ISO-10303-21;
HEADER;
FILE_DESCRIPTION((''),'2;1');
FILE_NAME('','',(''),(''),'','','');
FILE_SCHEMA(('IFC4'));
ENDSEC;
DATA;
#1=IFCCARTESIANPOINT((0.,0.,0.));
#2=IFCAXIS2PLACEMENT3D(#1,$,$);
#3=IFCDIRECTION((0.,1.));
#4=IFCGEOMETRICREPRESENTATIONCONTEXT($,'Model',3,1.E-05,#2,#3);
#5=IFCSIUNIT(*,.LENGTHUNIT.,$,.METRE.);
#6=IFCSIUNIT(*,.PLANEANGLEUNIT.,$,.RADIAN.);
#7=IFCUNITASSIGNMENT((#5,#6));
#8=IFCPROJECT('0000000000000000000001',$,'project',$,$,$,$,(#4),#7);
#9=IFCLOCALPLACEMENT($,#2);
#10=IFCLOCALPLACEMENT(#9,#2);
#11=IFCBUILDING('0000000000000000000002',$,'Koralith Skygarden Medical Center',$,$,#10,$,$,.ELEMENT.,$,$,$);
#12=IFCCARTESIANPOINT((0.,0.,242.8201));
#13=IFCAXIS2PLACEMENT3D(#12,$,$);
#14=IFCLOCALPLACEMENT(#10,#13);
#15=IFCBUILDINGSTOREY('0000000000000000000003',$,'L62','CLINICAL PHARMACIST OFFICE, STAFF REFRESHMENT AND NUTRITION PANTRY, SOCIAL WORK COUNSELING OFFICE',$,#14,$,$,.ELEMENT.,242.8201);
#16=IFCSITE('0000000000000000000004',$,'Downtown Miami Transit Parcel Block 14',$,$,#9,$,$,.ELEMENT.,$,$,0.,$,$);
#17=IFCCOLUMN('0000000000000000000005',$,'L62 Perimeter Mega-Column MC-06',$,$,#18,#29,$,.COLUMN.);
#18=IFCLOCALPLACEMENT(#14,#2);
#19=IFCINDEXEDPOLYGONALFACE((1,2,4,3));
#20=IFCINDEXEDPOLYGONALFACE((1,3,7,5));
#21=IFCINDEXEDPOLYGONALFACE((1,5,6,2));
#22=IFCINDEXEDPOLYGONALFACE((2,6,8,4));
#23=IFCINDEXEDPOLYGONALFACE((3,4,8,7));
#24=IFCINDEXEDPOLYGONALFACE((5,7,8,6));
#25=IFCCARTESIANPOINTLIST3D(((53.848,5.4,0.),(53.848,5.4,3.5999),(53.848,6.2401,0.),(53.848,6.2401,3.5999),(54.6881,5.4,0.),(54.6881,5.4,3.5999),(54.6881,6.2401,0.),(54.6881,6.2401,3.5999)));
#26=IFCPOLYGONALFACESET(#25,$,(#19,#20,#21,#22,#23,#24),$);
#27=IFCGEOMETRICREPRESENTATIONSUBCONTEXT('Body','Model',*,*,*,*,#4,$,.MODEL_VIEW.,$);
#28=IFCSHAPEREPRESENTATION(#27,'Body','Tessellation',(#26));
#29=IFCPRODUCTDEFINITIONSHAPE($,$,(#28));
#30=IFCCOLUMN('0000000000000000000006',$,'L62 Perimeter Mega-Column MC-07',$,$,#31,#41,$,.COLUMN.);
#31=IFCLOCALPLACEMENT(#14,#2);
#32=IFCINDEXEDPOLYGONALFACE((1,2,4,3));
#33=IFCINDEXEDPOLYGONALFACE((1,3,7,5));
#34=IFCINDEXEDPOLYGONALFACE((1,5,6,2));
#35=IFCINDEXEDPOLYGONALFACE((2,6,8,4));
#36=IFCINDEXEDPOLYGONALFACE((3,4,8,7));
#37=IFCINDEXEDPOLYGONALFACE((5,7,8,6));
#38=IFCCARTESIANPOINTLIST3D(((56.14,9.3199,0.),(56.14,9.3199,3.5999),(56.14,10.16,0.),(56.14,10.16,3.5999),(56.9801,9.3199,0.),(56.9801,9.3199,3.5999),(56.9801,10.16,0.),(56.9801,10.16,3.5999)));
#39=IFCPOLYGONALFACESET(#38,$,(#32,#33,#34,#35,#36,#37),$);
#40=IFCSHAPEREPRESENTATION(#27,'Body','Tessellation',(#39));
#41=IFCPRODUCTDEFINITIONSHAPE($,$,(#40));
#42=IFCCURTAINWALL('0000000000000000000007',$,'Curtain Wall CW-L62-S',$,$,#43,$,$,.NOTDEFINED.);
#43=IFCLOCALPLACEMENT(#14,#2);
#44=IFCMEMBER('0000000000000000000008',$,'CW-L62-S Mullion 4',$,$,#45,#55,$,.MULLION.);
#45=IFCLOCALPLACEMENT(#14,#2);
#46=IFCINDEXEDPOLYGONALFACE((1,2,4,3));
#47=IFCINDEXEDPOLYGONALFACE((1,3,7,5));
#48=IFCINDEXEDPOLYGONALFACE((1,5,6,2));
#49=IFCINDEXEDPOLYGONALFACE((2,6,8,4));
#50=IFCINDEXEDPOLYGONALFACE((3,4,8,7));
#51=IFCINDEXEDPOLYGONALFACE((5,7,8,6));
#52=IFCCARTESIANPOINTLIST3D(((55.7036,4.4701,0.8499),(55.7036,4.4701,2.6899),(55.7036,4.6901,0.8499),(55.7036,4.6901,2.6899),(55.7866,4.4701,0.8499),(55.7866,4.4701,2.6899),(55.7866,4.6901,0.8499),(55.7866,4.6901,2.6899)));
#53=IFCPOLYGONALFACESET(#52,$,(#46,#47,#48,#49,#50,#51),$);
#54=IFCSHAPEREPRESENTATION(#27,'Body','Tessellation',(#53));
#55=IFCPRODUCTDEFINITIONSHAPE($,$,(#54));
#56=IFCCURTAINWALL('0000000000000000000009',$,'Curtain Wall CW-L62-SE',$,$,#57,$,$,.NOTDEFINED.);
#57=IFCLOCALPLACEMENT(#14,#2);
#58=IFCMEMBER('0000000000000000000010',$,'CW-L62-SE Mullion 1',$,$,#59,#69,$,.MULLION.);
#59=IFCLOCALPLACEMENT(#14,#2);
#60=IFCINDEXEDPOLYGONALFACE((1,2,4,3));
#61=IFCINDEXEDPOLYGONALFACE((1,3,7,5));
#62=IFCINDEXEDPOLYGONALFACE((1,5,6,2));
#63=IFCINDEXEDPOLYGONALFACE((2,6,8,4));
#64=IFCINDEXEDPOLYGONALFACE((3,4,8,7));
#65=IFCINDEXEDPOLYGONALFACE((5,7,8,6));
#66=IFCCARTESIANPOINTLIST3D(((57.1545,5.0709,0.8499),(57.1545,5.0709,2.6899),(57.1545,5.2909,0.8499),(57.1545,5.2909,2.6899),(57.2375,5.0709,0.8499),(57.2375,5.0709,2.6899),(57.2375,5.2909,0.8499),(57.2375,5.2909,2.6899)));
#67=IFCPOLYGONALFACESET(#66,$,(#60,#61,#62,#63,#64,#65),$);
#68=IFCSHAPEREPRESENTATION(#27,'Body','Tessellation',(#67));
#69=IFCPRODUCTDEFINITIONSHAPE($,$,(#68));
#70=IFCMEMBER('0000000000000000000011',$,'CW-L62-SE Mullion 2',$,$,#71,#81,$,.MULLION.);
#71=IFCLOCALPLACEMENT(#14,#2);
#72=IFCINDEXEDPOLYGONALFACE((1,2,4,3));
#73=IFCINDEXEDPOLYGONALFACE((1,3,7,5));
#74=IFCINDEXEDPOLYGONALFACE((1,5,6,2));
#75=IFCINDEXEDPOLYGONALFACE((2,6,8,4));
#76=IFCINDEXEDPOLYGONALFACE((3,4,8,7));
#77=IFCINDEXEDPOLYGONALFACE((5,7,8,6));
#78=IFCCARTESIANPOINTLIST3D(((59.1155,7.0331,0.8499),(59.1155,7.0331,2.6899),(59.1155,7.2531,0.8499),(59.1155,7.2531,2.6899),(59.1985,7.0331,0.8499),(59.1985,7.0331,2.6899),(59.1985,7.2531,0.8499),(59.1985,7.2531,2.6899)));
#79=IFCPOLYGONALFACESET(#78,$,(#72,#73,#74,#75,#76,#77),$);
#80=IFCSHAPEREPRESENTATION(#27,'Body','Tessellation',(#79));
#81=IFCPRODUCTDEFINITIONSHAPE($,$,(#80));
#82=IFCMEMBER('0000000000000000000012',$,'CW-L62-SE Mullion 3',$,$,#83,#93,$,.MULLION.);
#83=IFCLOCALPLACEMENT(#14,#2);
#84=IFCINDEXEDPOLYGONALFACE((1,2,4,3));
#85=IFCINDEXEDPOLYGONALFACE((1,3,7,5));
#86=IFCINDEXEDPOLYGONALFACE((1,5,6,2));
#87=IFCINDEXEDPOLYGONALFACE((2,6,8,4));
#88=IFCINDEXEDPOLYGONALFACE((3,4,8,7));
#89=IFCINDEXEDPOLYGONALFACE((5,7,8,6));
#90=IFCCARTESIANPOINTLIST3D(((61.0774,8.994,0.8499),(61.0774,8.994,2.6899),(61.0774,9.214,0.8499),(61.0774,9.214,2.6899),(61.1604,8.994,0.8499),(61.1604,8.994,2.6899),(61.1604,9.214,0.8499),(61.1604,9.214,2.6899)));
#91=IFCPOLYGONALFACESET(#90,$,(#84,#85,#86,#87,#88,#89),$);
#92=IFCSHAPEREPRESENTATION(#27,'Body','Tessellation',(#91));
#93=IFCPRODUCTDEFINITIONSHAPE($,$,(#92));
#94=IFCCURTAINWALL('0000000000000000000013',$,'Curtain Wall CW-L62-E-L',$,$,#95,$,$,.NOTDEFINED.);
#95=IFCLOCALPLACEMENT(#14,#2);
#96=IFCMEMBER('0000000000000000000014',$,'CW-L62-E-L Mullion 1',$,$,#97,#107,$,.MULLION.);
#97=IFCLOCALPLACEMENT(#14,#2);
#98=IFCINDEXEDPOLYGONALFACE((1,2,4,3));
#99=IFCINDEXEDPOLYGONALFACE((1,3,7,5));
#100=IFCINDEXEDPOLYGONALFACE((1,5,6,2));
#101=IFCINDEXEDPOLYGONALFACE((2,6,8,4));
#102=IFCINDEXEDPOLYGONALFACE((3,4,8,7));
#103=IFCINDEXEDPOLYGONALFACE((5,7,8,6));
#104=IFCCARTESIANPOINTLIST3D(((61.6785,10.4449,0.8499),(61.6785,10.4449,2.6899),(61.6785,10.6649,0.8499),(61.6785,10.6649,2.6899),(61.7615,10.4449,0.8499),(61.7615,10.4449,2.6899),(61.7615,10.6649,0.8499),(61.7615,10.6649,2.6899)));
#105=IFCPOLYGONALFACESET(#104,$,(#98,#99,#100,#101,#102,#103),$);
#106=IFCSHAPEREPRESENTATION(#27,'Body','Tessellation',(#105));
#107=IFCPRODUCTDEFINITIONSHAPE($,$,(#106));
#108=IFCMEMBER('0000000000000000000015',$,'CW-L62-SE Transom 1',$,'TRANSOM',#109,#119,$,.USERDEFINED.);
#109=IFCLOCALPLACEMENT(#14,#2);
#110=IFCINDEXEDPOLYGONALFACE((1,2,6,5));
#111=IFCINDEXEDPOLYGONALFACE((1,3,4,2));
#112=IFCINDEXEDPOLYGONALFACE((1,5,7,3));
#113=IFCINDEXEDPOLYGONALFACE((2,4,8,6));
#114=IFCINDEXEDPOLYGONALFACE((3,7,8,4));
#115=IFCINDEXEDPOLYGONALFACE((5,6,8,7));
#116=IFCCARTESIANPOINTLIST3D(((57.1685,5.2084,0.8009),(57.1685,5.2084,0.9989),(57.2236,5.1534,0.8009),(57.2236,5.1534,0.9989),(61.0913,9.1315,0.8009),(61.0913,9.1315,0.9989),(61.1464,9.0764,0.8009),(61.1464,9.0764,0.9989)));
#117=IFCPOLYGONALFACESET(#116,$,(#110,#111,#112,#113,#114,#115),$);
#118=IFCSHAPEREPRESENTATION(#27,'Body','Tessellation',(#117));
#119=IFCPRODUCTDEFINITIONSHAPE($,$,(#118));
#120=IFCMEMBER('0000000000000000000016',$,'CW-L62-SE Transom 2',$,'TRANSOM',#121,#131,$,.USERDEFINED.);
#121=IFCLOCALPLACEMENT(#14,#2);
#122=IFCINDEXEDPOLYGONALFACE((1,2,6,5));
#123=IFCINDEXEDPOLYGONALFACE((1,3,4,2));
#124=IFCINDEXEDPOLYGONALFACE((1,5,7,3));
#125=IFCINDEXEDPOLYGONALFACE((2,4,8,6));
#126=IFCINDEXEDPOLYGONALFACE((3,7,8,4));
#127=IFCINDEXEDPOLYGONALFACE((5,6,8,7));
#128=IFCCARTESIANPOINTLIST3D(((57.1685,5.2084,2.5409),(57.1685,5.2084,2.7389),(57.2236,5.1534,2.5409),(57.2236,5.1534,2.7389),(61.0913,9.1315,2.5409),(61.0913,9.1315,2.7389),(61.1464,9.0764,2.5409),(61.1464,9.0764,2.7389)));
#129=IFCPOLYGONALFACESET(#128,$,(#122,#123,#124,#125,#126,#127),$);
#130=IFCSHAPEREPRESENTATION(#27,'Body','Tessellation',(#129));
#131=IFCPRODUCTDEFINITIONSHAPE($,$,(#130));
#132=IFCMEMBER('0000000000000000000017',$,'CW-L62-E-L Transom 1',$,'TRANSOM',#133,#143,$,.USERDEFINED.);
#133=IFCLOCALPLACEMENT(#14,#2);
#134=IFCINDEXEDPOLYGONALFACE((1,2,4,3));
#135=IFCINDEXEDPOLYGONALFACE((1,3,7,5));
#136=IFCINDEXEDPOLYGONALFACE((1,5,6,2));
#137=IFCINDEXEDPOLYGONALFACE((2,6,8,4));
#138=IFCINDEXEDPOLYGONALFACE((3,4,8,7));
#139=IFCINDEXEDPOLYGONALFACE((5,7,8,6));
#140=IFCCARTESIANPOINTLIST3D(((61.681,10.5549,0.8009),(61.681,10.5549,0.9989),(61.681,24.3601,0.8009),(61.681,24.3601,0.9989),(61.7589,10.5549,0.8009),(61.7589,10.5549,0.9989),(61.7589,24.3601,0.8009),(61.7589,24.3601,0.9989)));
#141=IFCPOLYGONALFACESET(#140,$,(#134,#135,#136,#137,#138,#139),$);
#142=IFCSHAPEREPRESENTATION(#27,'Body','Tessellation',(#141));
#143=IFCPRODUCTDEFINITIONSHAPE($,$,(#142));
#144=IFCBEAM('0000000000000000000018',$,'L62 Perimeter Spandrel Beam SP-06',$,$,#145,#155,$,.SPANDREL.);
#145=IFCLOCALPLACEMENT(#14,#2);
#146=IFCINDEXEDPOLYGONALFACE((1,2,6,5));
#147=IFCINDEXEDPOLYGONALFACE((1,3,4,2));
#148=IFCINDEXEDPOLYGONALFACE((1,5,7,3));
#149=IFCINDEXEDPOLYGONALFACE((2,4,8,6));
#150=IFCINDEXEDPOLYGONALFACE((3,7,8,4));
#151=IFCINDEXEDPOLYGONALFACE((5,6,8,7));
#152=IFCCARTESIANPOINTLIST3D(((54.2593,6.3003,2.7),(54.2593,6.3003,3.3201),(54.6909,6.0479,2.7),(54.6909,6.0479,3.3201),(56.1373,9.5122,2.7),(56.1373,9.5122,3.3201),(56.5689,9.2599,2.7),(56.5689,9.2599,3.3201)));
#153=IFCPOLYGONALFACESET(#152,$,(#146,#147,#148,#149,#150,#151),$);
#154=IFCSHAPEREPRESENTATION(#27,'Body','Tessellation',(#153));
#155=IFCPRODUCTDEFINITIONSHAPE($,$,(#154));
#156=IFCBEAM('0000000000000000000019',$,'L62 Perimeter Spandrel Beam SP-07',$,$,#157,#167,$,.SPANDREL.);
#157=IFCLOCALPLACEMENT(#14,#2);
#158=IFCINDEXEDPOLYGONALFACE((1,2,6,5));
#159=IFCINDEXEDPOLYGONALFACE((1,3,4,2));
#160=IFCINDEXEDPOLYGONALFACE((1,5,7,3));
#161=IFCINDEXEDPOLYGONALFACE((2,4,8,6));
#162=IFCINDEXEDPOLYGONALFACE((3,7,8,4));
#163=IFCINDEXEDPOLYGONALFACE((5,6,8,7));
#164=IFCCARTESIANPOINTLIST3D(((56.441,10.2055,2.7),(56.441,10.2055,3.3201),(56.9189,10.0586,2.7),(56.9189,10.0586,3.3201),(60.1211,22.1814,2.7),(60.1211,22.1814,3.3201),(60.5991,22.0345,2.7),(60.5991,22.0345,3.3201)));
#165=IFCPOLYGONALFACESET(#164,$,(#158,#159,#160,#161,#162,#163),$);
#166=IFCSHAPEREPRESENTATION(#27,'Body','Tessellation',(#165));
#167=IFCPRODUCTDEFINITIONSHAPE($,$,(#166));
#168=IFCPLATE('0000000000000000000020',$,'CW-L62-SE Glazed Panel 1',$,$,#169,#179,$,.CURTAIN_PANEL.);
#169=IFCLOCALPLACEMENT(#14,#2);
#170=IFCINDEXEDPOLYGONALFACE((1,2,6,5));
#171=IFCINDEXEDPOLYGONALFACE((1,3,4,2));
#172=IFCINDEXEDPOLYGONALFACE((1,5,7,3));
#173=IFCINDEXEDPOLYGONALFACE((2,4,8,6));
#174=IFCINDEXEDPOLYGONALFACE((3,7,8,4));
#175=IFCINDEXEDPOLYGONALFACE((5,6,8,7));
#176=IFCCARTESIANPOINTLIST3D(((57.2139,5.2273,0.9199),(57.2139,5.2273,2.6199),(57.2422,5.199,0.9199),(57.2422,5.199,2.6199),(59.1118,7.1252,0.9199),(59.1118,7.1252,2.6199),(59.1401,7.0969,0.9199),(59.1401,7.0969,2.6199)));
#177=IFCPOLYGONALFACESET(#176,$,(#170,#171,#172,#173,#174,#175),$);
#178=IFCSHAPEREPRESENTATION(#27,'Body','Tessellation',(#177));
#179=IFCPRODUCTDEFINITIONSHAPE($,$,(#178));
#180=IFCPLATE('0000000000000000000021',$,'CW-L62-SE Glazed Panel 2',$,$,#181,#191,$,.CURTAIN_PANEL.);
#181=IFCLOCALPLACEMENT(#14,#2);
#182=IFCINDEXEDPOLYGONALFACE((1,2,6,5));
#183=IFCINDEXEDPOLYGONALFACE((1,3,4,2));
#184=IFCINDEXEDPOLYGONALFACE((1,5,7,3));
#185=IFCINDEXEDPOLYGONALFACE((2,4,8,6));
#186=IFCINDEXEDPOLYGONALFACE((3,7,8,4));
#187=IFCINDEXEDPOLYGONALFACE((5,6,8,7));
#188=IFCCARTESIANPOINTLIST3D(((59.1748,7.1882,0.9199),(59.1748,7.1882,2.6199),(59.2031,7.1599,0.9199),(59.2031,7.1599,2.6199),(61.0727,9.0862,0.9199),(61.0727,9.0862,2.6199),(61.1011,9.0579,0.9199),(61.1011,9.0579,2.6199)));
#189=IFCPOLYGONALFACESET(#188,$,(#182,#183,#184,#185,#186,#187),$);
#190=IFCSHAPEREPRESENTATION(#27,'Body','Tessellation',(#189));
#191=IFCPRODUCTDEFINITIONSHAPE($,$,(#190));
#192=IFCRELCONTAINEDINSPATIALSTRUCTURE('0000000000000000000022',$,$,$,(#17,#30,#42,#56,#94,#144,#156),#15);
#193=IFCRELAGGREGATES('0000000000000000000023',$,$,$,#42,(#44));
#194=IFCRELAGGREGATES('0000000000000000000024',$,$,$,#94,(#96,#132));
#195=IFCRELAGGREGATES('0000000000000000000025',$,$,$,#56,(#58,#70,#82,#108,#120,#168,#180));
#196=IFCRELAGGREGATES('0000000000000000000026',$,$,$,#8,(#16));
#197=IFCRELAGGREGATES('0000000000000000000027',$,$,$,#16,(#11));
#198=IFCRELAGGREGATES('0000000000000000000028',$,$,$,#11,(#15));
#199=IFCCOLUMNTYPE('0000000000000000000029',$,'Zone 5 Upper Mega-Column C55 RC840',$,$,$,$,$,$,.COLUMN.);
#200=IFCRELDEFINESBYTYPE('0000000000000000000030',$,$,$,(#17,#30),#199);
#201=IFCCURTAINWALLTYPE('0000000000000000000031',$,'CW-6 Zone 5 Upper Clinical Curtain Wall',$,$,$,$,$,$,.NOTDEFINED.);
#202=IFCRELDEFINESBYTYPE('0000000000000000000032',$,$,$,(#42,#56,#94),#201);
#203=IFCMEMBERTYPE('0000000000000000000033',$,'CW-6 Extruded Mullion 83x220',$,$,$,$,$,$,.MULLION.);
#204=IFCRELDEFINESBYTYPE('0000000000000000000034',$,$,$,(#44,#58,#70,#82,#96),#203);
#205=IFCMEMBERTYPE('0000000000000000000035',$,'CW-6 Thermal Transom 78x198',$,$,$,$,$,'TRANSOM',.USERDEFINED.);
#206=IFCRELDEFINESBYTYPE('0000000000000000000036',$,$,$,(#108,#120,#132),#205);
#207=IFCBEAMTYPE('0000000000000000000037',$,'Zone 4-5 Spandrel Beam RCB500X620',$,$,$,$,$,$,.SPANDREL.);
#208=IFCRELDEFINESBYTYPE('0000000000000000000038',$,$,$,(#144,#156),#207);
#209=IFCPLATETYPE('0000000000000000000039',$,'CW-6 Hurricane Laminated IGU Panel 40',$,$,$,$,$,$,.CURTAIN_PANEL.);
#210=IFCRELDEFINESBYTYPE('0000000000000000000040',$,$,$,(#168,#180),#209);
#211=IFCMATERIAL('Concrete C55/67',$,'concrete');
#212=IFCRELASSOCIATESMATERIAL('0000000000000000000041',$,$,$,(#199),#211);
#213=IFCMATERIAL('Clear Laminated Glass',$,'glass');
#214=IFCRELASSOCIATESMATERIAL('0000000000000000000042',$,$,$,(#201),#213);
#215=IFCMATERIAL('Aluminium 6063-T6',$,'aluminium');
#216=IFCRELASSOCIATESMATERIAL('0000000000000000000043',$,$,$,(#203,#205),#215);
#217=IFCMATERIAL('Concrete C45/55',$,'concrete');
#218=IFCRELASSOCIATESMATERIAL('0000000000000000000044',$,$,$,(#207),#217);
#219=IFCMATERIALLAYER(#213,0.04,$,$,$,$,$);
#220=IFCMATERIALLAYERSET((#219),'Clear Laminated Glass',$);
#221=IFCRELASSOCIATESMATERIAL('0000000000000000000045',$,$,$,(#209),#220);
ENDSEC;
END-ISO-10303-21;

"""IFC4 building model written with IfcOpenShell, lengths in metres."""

from ifc_helpers import new_model, si_unit, direction, frame, origin, origin_2d, place, context, subcontext, project, spatial, rectangle, extrude, material, layer, layer_set, material_profile, profile_set, type_object, element, aggregate, save


model = new_model("IFC4")

# Units and contexts
model_context = context("Model", 3, precision=1e-05, world=origin(), true_north=direction((0.0, 1.0)))
body_context = subcontext(model_context, "Body", "Model", "MODEL_VIEW")
ifc_project = project(units=[si_unit("LENGTHUNIT", "METRE"), si_unit("PLANEANGLEUNIT", "RADIAN")], contexts=[model_context])

# Site, building, storey
site_placement = place(None, origin())
site = spatial("IfcSite", under=ifc_project, at=site_placement, Name="Downtown Miami Transit Parcel Block 14", CompositionType="ELEMENT", RefElevation=0.0)
building_placement = place(site_placement, origin())
building = spatial("IfcBuilding", under=site, at=building_placement, Name="Koralith Skygarden Medical Center", CompositionType="ELEMENT")
storey_placement = place(building_placement, frame((0.0, 0.0, 242.8201)))
storey = spatial("IfcBuildingStorey", under=building, at=storey_placement, Name="L62", Description="CLINICAL PHARMACIST OFFICE, STAFF REFRESHMENT AND NUTRITION PANTRY, SOCIAL WORK COUNSELING OFFICE", CompositionType="ELEMENT", Elevation=242.8201)

# Columns
ifc_material_1 = material(Name="Concrete C55/67", Category="concrete")
ifc_material_profile_1 = material_profile(ifc_material_1, rectangle(XDim=0.8401, YDim=0.8401, at=origin_2d()), Name="RC840X840")
ifc_profile_set_1 = profile_set([ifc_material_profile_1], Name="Concrete C55/67")
column_type = type_object("IfcColumnType", Name="Zone 5 Upper Mega-Column C55 RC840", PredefinedType="COLUMN", material=ifc_profile_set_1)
for number, where, z_axis, x_axis, name in (
    (1, (54.2681, 5.8201, 0.0), (0.0, 0.0, 1.0), (1.0, 0.0, 0.0), "L62 Perimeter Mega-Column MC-06"),
    (2, (56.5601, 9.74, 0.0), (0.0, 0.0, 1.0), (1.0, 0.0, 0.0), "L62 Perimeter Mega-Column MC-07"),
):
    element("IfcColumn", number, at=place(storey_placement, frame(where, z_axis=z_axis, x_axis=x_axis)), inside=storey, type_object=column_type, Name=name, PredefinedType="COLUMN", context=body_context, shape_type="SweptSolid", body=[
        extrude(rectangle(XDim=0.8401, YDim=0.8401, at=origin_2d()), origin(), (0.0, 0.0, 1.0), 3.5999),
    ])

# Curtain wall, member
ifc_material_2 = material(Name="Clear Laminated Glass", Category="glass")
curtain_wall_type = type_object("IfcCurtainWallType", Name="CW-6 Zone 5 Upper Clinical Curtain Wall", PredefinedType="NOTDEFINED", material=ifc_material_2)
curtain_wall_1_placement = place(storey_placement, origin())
curtain_wall_1 = element("IfcCurtainWall", 3, at=curtain_wall_1_placement, inside=storey, type_object=curtain_wall_type, Name="Curtain Wall CW-L62-S", PredefinedType="NOTDEFINED")
ifc_material_3 = material(Name="Aluminium 6063-T6", Category="aluminium")
ifc_material_profile_2 = material_profile(ifc_material_3, rectangle(XDim=0.083, YDim=0.22, at=origin_2d()), Name="MUL83X220")
ifc_profile_set_2 = profile_set([ifc_material_profile_2], Name="Aluminium 6063-T6")
member_type_1 = type_object("IfcMemberType", Name="CW-6 Extruded Mullion 83x220", PredefinedType="MULLION", material=ifc_profile_set_2)
member_1_placement = place(storey_placement, frame((55.7451, 4.5801, 0.8499), z_axis=(0.0, 0.0, 1.0), x_axis=(1.0, 0.0, 0.0)))
member_1 = element("IfcMember", 4, at=member_1_placement, type_object=member_type_1, Name="CW-L62-S Mullion 4", PredefinedType="MULLION", context=body_context, shape_type="SweptSolid", body=[
    extrude(rectangle(XDim=0.083, YDim=0.22, at=origin_2d()), origin(), (0.0, 0.0, 1.0), 1.8401),
])
aggregate(curtain_wall_1, [member_1])

# Curtain wall, members
curtain_wall_2_placement = place(storey_placement, origin())
curtain_wall_2 = element("IfcCurtainWall", 5, at=curtain_wall_2_placement, inside=storey, type_object=curtain_wall_type, Name="Curtain Wall CW-L62-SE", PredefinedType="NOTDEFINED")
member_2_placement = place(storey_placement, frame((57.196, 5.1809, 0.8499), z_axis=(0.0, 0.0, 1.0), x_axis=(1.0, 0.0, 0.0)))
member_2 = element("IfcMember", 6, at=member_2_placement, type_object=member_type_1, Name="CW-L62-SE Mullion 1", PredefinedType="MULLION", context=body_context, shape_type="SweptSolid", body=[
    extrude(rectangle(XDim=0.083, YDim=0.22, at=origin_2d()), origin(), (0.0, 0.0, 1.0), 1.8401),
])
member_3_placement = place(storey_placement, frame((59.157, 7.1431, 0.8499), z_axis=(0.0, 0.0, 1.0), x_axis=(1.0, 0.0, 0.0)))
member_3 = element("IfcMember", 7, at=member_3_placement, type_object=member_type_1, Name="CW-L62-SE Mullion 2", PredefinedType="MULLION", context=body_context, shape_type="SweptSolid", body=[
    extrude(rectangle(XDim=0.083, YDim=0.22, at=origin_2d()), origin(), (0.0, 0.0, 1.0), 1.8401),
])
member_4_placement = place(storey_placement, frame((61.1189, 9.104, 0.8499), z_axis=(0.0, 0.0, 1.0), x_axis=(1.0, 0.0, 0.0)))
member_4 = element("IfcMember", 8, at=member_4_placement, type_object=member_type_1, Name="CW-L62-SE Mullion 3", PredefinedType="MULLION", context=body_context, shape_type="SweptSolid", body=[
    extrude(rectangle(XDim=0.083, YDim=0.22, at=origin_2d()), origin(), (0.0, 0.0, 1.0), 1.8401),
])

# Curtain wall, member
curtain_wall_3_placement = place(storey_placement, origin())
curtain_wall_3 = element("IfcCurtainWall", 9, at=curtain_wall_3_placement, inside=storey, type_object=curtain_wall_type, Name="Curtain Wall CW-L62-E-L", PredefinedType="NOTDEFINED")
member_5_placement = place(storey_placement, frame((61.72, 10.5549, 0.8499), z_axis=(0.0, 0.0, 1.0), x_axis=(1.0, 0.0, 0.0)))
member_5 = element("IfcMember", 10, at=member_5_placement, type_object=member_type_1, Name="CW-L62-E-L Mullion 1", PredefinedType="MULLION", context=body_context, shape_type="SweptSolid", body=[
    extrude(rectangle(XDim=0.083, YDim=0.22, at=origin_2d()), origin(), (0.0, 0.0, 1.0), 1.8401),
])

# Members
ifc_material_profile_3 = material_profile(ifc_material_3, rectangle(XDim=0.0779, YDim=0.198, at=origin_2d()), Name="TRN78X198")
ifc_profile_set_3 = profile_set([ifc_material_profile_3], Name="Aluminium 6063-T6")
member_type_2 = type_object("IfcMemberType", Name="CW-6 Thermal Transom 78x198", ElementType="TRANSOM", PredefinedType="USERDEFINED", material=ifc_profile_set_3)
member_6_placement = place(storey_placement, frame((57.196, 5.1809, 0.8999), z_axis=(0.707085, 0.707129, 0.0), x_axis=(-0.707129, 0.707085, 0.0)))
member_6 = element("IfcMember", 11, at=member_6_placement, type_object=member_type_2, Name="CW-L62-SE Transom 1", ObjectType="TRANSOM", PredefinedType="USERDEFINED", context=body_context, shape_type="SweptSolid", body=[
    extrude(rectangle(XDim=0.0779, YDim=0.198, at=origin_2d()), origin(), (0.0, 0.0, 1.0), 5.5479),
])
member_7_placement = place(storey_placement, frame((57.196, 5.1809, 2.6399), z_axis=(0.707085, 0.707129, 0.0), x_axis=(-0.707129, 0.707085, 0.0)))
member_7 = element("IfcMember", 12, at=member_7_placement, type_object=member_type_2, Name="CW-L62-SE Transom 2", ObjectType="TRANSOM", PredefinedType="USERDEFINED", context=body_context, shape_type="SweptSolid", body=[
    extrude(rectangle(XDim=0.0779, YDim=0.198, at=origin_2d()), origin(), (0.0, 0.0, 1.0), 5.5479),
])
member_8_placement = place(storey_placement, frame((61.72, 10.5549, 0.8999), z_axis=(0.0, 1.0, 0.0), x_axis=(-1.0, 0.0, 0.0)))
member_8 = element("IfcMember", 13, at=member_8_placement, type_object=member_type_2, Name="CW-L62-E-L Transom 1", ObjectType="TRANSOM", PredefinedType="USERDEFINED", context=body_context, shape_type="SweptSolid", body=[
    extrude(rectangle(XDim=0.0779, YDim=0.198, at=origin_2d()), origin(), (0.0, 0.0, 1.0), 13.8052),
])
aggregate(curtain_wall_3, [member_5, member_8])

# Beams
ifc_material_4 = material(Name="Concrete C45/55", Category="concrete")
ifc_material_profile_4 = material_profile(ifc_material_4, rectangle(XDim=0.5, YDim=0.6201, at=origin_2d()), Name="RCB500X620")
ifc_profile_set_4 = profile_set([ifc_material_profile_4], Name="Concrete C45/55")
beam_type = type_object("IfcBeamType", Name="Zone 4-5 Spandrel Beam RCB500X620", PredefinedType="SPANDREL", material=ifc_profile_set_4)
beam_1_placement = place(storey_placement, frame((54.4751, 6.1741, 3.01), z_axis=(0.504736, 0.863274, 0.0), x_axis=(-0.863274, 0.504736, 0.0)))
element("IfcBeam", 14, at=beam_1_placement, inside=storey, type_object=beam_type, Name="L62 Perimeter Spandrel Beam SP-06", PredefinedType="SPANDREL", context=body_context, shape_type="SweptSolid", body=[
    extrude(rectangle(XDim=0.5, YDim=0.6201, at=origin_2d()), origin(), (0.0, 0.0, 1.0), 3.7207),
])
beam_2_placement = place(storey_placement, frame((56.6799, 10.1321, 3.01), z_axis=(0.293743, 0.955884, 0.0), x_axis=(-0.955884, 0.293743, 0.0)))
element("IfcBeam", 15, at=beam_2_placement, inside=storey, type_object=beam_type, Name="L62 Perimeter Spandrel Beam SP-07", PredefinedType="SPANDREL", context=body_context, shape_type="SweptSolid", body=[
    extrude(rectangle(XDim=0.5, YDim=0.6201, at=origin_2d()), origin(), (0.0, 0.0, 1.0), 12.5286),
])

# Plates
ifc_layer_1 = layer(ifc_material_2, 0.04)
ifc_layer_set_1 = layer_set([ifc_layer_1], Name="Clear Laminated Glass")
plate_type_1 = type_object("IfcPlateType", Name="CW-6 Hurricane Laminated IGU Panel 40", PredefinedType="CURTAIN_PANEL", material=ifc_layer_set_1)
plate_1_placement = place(storey_placement, frame((58.177, 6.1621, 0.9199), z_axis=(0.0, 0.0, 1.0), x_axis=(0.707107, 0.707107, 0.0)))
plate_1 = element("IfcPlate", 16, at=plate_1_placement, type_object=plate_type_1, Name="CW-L62-SE Glazed Panel 1", PredefinedType="CURTAIN_PANEL", context=body_context, shape_type="SweptSolid", body=[
    extrude(rectangle(XDim=2.6841, YDim=0.04, at=origin_2d()), origin(), (0.0, 0.0, 1.0), 1.7),
])
plate_2_placement = place(storey_placement, frame((60.1379, 8.123, 0.9199), z_axis=(0.0, 0.0, 1.0), x_axis=(0.707107, 0.707107, 0.0)))
plate_2 = element("IfcPlate", 17, at=plate_2_placement, type_object=plate_type_1, Name="CW-L62-SE Glazed Panel 2", PredefinedType="CURTAIN_PANEL", context=body_context, shape_type="SweptSolid", body=[
    extrude(rectangle(XDim=2.6841, YDim=0.04, at=origin_2d()), origin(), (0.0, 0.0, 1.0), 1.7),
])
aggregate(curtain_wall_2, [member_2, member_3, member_4, member_6, member_7, plate_1, plate_2])

save(model, "model.ifc")
